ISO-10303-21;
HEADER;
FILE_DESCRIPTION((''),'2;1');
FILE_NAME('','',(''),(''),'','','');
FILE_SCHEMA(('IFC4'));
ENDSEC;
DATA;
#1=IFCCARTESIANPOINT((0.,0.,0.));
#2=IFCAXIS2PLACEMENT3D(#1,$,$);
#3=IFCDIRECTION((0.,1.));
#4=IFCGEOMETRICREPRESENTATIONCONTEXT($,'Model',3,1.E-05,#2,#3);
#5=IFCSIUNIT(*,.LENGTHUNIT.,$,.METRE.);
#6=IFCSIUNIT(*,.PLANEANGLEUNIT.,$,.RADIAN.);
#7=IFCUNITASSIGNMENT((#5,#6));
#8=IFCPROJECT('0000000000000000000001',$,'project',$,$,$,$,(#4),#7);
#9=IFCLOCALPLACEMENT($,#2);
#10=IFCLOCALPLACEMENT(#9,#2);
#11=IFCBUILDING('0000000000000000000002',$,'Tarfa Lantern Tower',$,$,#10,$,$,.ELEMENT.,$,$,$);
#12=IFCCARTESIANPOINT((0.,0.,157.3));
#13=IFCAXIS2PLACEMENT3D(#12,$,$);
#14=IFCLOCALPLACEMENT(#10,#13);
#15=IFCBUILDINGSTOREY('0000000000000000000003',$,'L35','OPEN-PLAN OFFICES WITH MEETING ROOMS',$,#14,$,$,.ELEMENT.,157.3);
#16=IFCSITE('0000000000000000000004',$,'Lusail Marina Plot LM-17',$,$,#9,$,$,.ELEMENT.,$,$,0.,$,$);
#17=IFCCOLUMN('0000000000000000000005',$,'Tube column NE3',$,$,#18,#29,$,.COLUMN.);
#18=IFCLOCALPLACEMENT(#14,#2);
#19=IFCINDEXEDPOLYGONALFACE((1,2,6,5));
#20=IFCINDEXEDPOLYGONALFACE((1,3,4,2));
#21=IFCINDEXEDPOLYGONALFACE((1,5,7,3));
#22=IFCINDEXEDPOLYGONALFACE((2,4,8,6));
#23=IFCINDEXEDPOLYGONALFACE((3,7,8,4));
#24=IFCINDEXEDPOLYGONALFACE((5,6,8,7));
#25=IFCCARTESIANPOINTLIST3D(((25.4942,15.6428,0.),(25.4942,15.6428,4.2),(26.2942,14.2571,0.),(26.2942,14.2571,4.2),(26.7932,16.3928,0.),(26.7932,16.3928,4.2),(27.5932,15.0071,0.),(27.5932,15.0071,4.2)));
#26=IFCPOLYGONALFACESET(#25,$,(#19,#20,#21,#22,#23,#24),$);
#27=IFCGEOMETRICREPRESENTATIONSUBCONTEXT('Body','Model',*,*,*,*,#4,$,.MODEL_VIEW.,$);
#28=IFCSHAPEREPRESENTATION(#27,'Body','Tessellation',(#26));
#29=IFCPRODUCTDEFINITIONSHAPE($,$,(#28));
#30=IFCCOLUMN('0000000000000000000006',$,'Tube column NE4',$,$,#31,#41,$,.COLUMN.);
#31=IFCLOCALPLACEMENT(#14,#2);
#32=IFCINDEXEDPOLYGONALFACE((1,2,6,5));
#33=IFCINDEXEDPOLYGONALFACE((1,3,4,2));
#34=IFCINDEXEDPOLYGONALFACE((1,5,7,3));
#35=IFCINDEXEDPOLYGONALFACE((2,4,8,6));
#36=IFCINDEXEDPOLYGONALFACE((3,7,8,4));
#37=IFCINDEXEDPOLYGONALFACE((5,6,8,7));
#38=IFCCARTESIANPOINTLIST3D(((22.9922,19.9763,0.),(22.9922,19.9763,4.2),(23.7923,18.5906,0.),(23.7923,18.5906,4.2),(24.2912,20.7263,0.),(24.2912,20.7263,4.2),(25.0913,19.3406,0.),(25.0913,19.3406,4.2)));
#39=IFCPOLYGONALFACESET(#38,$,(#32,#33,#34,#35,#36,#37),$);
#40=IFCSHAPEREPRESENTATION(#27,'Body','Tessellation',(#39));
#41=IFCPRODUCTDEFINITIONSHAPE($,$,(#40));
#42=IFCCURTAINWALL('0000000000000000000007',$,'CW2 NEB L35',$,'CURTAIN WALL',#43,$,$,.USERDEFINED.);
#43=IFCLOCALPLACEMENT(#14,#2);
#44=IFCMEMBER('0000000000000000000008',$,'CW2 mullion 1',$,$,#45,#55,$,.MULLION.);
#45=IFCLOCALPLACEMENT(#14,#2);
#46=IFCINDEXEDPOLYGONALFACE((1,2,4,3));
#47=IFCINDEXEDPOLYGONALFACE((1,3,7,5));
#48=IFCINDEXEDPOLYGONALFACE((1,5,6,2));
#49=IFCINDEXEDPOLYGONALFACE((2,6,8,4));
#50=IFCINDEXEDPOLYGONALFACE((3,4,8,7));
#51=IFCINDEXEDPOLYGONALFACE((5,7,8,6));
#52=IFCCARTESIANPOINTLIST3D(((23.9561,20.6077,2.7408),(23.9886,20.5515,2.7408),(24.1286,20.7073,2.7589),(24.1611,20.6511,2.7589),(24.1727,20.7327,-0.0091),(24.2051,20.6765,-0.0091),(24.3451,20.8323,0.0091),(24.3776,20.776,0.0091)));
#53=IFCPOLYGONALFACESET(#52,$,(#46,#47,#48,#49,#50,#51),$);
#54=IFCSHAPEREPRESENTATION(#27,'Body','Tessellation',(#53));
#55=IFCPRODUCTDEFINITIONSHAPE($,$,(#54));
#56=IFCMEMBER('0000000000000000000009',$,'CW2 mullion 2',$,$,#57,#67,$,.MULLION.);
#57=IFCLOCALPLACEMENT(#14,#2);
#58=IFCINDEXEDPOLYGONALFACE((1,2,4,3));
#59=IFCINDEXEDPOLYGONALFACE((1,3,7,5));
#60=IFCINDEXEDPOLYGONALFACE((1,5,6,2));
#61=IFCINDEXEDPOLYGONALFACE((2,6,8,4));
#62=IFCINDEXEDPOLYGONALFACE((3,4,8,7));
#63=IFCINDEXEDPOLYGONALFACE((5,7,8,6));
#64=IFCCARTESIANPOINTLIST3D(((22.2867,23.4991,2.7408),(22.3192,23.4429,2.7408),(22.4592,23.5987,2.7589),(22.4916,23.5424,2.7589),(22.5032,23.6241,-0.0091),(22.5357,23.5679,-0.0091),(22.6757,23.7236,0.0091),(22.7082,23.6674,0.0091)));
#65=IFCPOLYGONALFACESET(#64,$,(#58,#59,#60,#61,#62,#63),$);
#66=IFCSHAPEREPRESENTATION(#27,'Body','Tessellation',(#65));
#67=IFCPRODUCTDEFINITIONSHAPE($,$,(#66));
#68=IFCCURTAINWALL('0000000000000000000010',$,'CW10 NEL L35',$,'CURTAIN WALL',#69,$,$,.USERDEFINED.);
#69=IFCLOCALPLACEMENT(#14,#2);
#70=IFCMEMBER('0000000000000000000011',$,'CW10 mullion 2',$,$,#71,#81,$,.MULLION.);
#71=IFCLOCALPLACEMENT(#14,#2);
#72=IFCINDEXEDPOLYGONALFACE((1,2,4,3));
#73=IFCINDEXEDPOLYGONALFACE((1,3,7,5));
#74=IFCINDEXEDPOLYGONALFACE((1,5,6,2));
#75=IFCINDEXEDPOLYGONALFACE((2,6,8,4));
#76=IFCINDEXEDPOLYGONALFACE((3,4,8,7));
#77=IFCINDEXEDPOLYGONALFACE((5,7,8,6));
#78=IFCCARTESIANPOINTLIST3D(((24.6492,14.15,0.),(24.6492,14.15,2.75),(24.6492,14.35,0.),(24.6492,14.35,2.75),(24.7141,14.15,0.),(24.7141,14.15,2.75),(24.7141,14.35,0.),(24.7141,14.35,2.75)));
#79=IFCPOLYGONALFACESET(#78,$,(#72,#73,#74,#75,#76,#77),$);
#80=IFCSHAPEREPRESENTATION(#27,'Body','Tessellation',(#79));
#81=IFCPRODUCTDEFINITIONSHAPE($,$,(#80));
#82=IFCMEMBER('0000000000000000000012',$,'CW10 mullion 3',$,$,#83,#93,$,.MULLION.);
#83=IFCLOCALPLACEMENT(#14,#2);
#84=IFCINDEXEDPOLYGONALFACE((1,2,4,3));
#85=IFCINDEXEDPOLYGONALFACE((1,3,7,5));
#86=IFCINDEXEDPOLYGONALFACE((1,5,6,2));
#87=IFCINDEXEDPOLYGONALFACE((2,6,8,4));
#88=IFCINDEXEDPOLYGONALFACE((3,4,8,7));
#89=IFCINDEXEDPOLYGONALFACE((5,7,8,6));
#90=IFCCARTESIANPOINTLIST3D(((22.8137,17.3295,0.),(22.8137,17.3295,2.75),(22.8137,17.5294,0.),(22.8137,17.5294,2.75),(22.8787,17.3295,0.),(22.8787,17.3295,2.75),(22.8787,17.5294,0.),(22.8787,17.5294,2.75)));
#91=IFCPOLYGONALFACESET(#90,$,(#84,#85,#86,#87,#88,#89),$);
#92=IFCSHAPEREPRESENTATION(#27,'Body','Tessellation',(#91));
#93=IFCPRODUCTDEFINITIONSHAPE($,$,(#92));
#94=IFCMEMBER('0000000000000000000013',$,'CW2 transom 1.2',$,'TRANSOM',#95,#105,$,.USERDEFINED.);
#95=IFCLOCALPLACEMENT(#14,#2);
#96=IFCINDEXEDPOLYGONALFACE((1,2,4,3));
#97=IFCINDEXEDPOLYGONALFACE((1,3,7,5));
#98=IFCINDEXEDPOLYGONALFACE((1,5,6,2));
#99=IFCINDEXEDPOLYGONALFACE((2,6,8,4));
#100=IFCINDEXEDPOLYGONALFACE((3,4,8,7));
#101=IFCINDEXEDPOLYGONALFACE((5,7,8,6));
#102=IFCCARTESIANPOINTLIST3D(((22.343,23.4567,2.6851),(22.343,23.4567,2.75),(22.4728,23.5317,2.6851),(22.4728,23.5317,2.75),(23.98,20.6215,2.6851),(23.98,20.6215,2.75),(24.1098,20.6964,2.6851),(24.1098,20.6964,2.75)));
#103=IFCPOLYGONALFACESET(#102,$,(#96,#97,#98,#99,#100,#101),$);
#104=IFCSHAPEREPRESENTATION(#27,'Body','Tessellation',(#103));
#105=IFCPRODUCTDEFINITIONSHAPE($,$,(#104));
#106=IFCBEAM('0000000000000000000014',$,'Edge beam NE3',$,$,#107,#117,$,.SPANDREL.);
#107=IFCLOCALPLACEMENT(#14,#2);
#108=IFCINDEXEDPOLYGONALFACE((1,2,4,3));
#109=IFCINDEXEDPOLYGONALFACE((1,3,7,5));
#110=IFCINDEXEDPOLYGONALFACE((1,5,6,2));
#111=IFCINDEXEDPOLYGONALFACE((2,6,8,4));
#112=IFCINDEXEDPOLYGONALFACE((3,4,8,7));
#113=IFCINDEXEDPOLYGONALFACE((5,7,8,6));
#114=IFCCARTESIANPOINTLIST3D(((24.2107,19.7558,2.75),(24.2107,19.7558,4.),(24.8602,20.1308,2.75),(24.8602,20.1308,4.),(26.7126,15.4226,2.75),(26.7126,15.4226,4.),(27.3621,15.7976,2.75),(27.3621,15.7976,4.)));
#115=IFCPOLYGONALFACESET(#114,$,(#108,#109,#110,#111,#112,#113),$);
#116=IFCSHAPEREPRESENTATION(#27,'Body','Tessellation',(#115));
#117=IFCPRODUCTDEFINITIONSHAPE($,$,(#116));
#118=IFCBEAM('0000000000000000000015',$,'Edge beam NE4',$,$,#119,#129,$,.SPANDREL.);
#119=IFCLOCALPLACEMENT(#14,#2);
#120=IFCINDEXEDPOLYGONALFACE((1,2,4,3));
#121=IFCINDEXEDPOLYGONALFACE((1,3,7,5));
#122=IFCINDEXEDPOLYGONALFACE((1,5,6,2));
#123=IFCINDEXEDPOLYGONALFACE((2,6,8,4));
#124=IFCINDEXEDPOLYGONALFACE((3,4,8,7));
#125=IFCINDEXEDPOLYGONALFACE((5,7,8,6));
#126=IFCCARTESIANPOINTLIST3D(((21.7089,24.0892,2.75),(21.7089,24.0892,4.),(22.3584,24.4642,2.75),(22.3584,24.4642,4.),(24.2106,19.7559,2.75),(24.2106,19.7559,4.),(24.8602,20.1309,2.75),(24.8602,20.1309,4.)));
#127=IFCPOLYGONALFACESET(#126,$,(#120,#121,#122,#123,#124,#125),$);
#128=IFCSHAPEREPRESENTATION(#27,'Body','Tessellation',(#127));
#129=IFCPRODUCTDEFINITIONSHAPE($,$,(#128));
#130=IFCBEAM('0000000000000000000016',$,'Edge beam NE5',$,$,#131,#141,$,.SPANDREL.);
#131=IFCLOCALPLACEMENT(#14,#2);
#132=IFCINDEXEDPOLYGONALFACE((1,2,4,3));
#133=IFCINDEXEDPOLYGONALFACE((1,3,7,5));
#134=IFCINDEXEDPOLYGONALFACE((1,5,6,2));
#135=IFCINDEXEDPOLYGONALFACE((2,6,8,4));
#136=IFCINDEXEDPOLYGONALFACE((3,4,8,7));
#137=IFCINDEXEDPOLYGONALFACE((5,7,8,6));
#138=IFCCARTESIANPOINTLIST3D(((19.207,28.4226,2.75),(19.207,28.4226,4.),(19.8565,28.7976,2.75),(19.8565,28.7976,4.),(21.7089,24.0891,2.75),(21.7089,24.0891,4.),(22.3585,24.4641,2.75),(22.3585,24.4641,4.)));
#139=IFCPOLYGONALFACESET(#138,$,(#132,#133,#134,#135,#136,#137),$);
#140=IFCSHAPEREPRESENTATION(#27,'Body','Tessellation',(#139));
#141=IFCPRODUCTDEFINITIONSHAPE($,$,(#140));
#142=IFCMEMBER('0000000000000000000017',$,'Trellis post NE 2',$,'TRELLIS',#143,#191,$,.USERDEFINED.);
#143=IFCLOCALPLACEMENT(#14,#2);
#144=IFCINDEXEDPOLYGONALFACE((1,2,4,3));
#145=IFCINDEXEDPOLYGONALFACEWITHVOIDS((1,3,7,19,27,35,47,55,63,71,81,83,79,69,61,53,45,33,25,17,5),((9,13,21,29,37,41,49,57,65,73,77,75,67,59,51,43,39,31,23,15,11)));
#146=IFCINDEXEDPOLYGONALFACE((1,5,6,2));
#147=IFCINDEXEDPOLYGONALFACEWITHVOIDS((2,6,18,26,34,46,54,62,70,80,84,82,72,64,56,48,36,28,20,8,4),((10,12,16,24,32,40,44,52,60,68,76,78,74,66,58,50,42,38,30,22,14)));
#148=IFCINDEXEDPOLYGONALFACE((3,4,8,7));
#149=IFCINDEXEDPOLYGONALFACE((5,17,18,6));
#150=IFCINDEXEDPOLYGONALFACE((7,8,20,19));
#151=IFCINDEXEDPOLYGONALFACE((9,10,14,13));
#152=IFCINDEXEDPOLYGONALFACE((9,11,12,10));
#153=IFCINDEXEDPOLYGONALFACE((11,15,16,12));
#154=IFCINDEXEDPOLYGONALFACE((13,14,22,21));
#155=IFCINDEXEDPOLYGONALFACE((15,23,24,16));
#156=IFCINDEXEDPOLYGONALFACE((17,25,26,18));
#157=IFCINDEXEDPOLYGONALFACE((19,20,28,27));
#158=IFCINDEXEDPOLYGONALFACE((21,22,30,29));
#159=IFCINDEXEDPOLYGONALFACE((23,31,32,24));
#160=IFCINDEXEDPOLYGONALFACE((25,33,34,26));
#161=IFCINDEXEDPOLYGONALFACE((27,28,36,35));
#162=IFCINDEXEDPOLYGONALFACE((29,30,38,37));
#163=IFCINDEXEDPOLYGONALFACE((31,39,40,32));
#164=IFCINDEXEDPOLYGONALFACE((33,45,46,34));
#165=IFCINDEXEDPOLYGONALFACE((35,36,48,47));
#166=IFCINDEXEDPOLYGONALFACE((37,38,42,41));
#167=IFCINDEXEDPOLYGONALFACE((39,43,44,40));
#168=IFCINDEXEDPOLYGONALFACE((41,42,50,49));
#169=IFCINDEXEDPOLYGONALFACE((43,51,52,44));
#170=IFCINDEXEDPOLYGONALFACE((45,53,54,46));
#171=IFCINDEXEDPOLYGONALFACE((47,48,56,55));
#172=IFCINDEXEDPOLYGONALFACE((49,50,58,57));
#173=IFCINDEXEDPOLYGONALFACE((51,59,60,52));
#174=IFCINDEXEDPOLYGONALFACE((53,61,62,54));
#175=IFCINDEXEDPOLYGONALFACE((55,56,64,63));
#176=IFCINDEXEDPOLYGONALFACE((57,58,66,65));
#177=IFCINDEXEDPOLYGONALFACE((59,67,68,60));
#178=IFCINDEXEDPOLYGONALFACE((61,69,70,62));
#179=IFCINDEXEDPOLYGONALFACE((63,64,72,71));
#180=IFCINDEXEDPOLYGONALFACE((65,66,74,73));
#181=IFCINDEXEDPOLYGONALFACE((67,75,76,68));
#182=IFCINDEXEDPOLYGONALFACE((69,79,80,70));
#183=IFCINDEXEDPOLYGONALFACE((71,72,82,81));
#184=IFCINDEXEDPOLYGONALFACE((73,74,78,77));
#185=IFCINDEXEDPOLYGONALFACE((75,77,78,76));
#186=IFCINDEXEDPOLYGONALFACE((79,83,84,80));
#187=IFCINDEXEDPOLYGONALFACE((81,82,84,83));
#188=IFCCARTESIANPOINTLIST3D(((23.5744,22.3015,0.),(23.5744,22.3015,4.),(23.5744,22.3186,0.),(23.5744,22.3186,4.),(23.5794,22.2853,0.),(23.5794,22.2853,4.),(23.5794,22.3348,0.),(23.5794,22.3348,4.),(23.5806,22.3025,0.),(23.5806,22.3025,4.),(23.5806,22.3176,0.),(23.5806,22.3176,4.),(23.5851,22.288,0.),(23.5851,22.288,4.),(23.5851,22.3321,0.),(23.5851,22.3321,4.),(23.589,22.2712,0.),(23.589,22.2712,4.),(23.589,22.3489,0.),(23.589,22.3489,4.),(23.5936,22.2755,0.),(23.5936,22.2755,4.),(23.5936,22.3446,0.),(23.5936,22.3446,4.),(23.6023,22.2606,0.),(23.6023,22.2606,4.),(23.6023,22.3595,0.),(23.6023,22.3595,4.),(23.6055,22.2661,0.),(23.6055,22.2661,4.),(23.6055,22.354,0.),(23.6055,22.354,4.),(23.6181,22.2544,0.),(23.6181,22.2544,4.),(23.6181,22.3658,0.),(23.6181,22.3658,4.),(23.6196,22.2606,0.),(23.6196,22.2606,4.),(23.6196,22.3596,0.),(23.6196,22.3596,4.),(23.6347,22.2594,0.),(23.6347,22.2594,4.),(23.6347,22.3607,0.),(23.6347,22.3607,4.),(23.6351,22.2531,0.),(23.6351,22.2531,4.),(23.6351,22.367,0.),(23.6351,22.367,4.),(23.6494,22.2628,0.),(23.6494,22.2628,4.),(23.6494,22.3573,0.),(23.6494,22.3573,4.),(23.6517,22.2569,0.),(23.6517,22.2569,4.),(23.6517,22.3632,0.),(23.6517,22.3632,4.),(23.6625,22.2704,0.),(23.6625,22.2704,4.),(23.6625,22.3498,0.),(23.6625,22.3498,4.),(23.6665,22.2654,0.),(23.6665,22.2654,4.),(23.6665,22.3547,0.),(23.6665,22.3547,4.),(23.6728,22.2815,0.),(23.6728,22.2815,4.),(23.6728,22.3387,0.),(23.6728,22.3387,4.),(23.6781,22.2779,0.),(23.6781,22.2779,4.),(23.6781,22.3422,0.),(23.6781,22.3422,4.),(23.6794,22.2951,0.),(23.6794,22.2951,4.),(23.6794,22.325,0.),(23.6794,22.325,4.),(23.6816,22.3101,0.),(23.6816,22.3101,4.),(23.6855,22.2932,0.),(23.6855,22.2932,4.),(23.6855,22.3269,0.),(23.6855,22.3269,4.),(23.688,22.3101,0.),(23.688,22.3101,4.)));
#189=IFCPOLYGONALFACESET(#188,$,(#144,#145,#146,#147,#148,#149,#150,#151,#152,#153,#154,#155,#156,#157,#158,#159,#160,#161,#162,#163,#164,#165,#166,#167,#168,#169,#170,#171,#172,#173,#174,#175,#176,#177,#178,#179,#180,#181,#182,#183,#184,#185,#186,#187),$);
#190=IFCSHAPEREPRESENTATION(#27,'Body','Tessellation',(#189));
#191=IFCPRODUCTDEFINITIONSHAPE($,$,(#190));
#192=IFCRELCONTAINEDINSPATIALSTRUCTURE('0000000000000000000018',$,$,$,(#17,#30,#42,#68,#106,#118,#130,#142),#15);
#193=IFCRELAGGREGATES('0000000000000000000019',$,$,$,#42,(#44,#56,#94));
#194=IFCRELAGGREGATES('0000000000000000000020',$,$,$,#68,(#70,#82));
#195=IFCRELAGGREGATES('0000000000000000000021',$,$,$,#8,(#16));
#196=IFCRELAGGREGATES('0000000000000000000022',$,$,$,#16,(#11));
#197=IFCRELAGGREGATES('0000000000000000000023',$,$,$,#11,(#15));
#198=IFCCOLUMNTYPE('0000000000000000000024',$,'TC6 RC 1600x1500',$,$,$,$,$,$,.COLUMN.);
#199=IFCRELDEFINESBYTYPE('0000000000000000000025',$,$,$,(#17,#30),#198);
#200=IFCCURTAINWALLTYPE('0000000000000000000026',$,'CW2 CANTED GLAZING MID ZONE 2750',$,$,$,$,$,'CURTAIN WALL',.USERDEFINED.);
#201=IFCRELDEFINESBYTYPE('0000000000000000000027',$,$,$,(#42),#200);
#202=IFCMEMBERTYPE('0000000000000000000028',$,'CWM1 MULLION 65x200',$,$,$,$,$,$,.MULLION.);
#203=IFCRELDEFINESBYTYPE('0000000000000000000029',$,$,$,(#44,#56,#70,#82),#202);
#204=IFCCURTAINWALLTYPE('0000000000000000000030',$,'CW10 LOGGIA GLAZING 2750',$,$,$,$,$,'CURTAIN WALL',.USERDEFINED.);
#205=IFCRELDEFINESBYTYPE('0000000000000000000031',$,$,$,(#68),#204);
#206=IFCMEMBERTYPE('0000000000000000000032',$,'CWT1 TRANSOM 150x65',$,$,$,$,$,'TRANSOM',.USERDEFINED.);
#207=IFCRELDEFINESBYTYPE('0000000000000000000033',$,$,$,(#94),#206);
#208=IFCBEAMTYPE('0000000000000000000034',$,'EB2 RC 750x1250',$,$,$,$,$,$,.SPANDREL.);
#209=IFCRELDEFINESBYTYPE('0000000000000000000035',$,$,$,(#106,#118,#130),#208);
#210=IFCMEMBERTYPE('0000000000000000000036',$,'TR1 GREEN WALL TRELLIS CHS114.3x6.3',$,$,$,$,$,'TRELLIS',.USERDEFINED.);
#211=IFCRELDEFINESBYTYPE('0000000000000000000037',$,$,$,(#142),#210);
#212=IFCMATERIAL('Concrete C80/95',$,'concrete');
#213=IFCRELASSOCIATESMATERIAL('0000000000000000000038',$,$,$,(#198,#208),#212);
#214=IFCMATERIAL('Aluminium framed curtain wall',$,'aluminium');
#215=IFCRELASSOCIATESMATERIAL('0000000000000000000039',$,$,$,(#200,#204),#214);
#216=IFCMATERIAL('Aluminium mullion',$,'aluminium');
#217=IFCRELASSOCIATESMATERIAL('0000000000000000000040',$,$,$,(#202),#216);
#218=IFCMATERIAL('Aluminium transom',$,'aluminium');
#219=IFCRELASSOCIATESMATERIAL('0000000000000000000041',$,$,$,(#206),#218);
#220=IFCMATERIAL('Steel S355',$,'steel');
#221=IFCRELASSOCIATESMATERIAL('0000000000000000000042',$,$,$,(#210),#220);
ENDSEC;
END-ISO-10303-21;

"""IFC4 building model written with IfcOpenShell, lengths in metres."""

from ifc_helpers import new_model, si_unit, direction, frame, origin, origin_2d, place, context, subcontext, project, spatial, rectangle, hollow_circle, extrude, material, material_profile, profile_set, type_object, element, aggregate, save


model = new_model("IFC4")

# Units and contexts
model_context = context("Model", 3, precision=1e-05, world=origin(), true_north=direction((0.0, 1.0)))
body_context = subcontext(model_context, "Body", "Model", "MODEL_VIEW")
ifc_project = project(units=[si_unit("LENGTHUNIT", "METRE"), si_unit("PLANEANGLEUNIT", "RADIAN")], contexts=[model_context])

# Site, building, storey
site_placement = place(None, origin())
site = spatial("IfcSite", under=ifc_project, at=site_placement, Name="Lusail Marina Plot LM-17", CompositionType="ELEMENT", RefElevation=0.0)
building_placement = place(site_placement, origin())
building = spatial("IfcBuilding", under=site, at=building_placement, Name="Tarfa Lantern Tower", CompositionType="ELEMENT")
storey_placement = place(building_placement, frame((0.0, 0.0, 157.3)))
storey = spatial("IfcBuildingStorey", under=building, at=storey_placement, Name="L35", Description="OPEN-PLAN OFFICES WITH MEETING ROOMS", CompositionType="ELEMENT", Elevation=157.3)

# Columns
ifc_material_1 = material(Name="Concrete C80/95", Category="concrete")
ifc_material_profile_1 = material_profile(ifc_material_1, rectangle(XDim=1.6001, YDim=1.5, at=origin_2d()), Name="RC 1600x1500")
ifc_profile_set_1 = profile_set([ifc_material_profile_1], Name="Concrete C80/95")
column_type = type_object("IfcColumnType", Name="TC6 RC 1600x1500", PredefinedType="COLUMN", material=ifc_profile_set_1)
for number, where, z_axis, x_axis, name in (
    (1, (26.5437, 15.325, 0.0), (0.0, 0.0, 1.0), (-0.5, 0.866025, 0.0), "Tube column NE3"),
    (2, (24.0417, 19.6584, 0.0), (0.0, 0.0, 1.0), (-0.5, 0.866025, 0.0), "Tube column NE4"),
):
    element("IfcColumn", number, at=place(storey_placement, frame(where, z_axis=z_axis, x_axis=x_axis)), inside=storey, type_object=column_type, Name=name, PredefinedType="COLUMN", context=body_context, shape_type="SweptSolid", body=[
        extrude(rectangle(XDim=1.6001, YDim=1.5, at=origin_2d()), origin(), (0.0, 0.0, 1.0), 4.2),
    ])

# Curtain walls, members
ifc_material_2 = material(Name="Aluminium framed curtain wall", Category="aluminium")
curtain_wall_type_1 = type_object("IfcCurtainWallType", Name="CW2 CANTED GLAZING MID ZONE 2750", ElementType="CURTAIN WALL", PredefinedType="USERDEFINED", material=ifc_material_2)
curtain_wall_1_placement = place(storey_placement, origin())
curtain_wall_1 = element("IfcCurtainWall", 3, at=curtain_wall_1_placement, inside=storey, type_object=curtain_wall_type_1, Name="CW2 NEB L35", ObjectType="CURTAIN WALL", PredefinedType="USERDEFINED")
ifc_material_3 = material(Name="Aluminium mullion", Category="aluminium")
ifc_material_profile_2 = material_profile(ifc_material_3, rectangle(XDim=0.0649, YDim=0.2, at=origin_2d()), Name="AL MULLION 65x200")
ifc_profile_set_2 = profile_set([ifc_material_profile_2], Name="Aluminium mullion")
member_type_1 = type_object("IfcMemberType", Name="CWM1 MULLION 65x200", PredefinedType="MULLION", material=ifc_profile_set_2)
member_1_placement = place(storey_placement, frame((24.2751, 20.7544, 0.0), z_axis=(-0.078423, -0.045268, 0.995892), x_axis=(0.49992, -0.866072, 0.0)))
member_1 = element("IfcMember", 4, at=member_1_placement, type_object=member_type_1, Name="CW2 mullion 1", PredefinedType="MULLION", context=body_context, shape_type="SweptSolid", body=[
    extrude(rectangle(XDim=0.0649, YDim=0.2, at=origin_2d()), origin(), (0.0, 0.0, 1.0), 2.7612),
])
member_2_placement = place(storey_placement, frame((22.6057, 23.6458, 0.0), z_axis=(-0.078423, -0.045268, 0.995892), x_axis=(0.49992, -0.866072, 0.0)))
member_2 = element("IfcMember", 5, at=member_2_placement, type_object=member_type_1, Name="CW2 mullion 2", PredefinedType="MULLION", context=body_context, shape_type="SweptSolid", body=[
    extrude(rectangle(XDim=0.0649, YDim=0.2, at=origin_2d()), origin(), (0.0, 0.0, 1.0), 2.7612),
])
curtain_wall_type_2 = type_object("IfcCurtainWallType", Name="CW10 LOGGIA GLAZING 2750", ElementType="CURTAIN WALL", PredefinedType="USERDEFINED", material=ifc_material_2)
curtain_wall_2_placement = place(storey_placement, origin())
curtain_wall_2 = element("IfcCurtainWall", 6, at=curtain_wall_2_placement, inside=storey, type_object=curtain_wall_type_2, Name="CW10 NEL L35", ObjectType="CURTAIN WALL", PredefinedType="USERDEFINED")
member_3_placement = place(storey_placement, frame((24.6816, 14.25, 0.0), z_axis=(0.0, 0.0, 1.0), x_axis=(1.0, 0.0, 0.0)))
member_3 = element("IfcMember", 7, at=member_3_placement, type_object=member_type_1, Name="CW10 mullion 2", PredefinedType="MULLION", context=body_context, shape_type="SweptSolid", body=[
    extrude(rectangle(XDim=0.0649, YDim=0.2, at=origin_2d()), origin(), (0.0, 0.0, 1.0), 2.75),
])
member_4_placement = place(storey_placement, frame((22.8462, 17.4294, 0.0), z_axis=(0.0, 0.0, 1.0), x_axis=(1.0, 0.0, 0.0)))
member_4 = element("IfcMember", 8, at=member_4_placement, type_object=member_type_1, Name="CW10 mullion 3", PredefinedType="MULLION", context=body_context, shape_type="SweptSolid", body=[
    extrude(rectangle(XDim=0.0649, YDim=0.2, at=origin_2d()), origin(), (0.0, 0.0, 1.0), 2.75),
])

# Member
ifc_material_4 = material(Name="Aluminium transom", Category="aluminium")
ifc_material_profile_3 = material_profile(ifc_material_4, rectangle(XDim=0.1499, YDim=0.0649, at=origin_2d()), Name="AL TRANSOM 150x65")
ifc_profile_set_3 = profile_set([ifc_material_profile_3], Name="Aluminium transom")
member_type_2 = type_object("IfcMemberType", Name="CWT1 TRANSOM 150x65", ElementType="TRANSOM", PredefinedType="USERDEFINED", material=ifc_profile_set_3)
member_5_placement = place(storey_placement, frame((24.0449, 20.6589, 2.7175), z_axis=(-0.500013, 0.866018, 0.0), x_axis=(-0.866018, -0.500013, 0.0)))
member_5 = element("IfcMember", 9, at=member_5_placement, type_object=member_type_2, Name="CW2 transom 1.2", ObjectType="TRANSOM", PredefinedType="USERDEFINED", context=body_context, shape_type="SweptSolid", body=[
    extrude(rectangle(XDim=0.1499, YDim=0.0649, at=origin_2d()), origin(), (0.0, 0.0, 1.0), 3.2739),
])

# Beams
ifc_material_profile_4 = material_profile(ifc_material_1, rectangle(XDim=0.75, YDim=1.25, at=origin_2d()), Name="RC 750x1250")
ifc_profile_set_4 = profile_set([ifc_material_profile_4], Name="Concrete C80/95")
beam_type_1 = type_object("IfcBeamType", Name="EB2 RC 750x1250", PredefinedType="SPANDREL", material=ifc_profile_set_4)
for number, where, z_axis, x_axis, name in (
    (10, (27.0374, 15.6101, 3.375), (-0.500022, 0.866013, 0.0), (-0.866013, -0.500022, 0.0), "Edge beam NE3"),
    (11, (24.5354, 19.9434, 3.375), (-0.499986, 0.866034, 0.0), (-0.866034, -0.499986, 0.0), "Edge beam NE4"),
):
    element("IfcBeam", number, at=place(storey_placement, frame(where, z_axis=z_axis, x_axis=x_axis)), inside=storey, type_object=beam_type_1, Name=name, PredefinedType="SPANDREL", context=body_context, shape_type="SweptSolid", body=[
        extrude(rectangle(XDim=0.75, YDim=1.25, at=origin_2d()), origin(), (0.0, 0.0, 1.0), 5.0037),
    ])
beam_1_placement = place(storey_placement, frame((22.0337, 24.2766, 3.375), z_axis=(-0.500001, 0.866025, 0.0), x_axis=(-0.866025, -0.500001, 0.0)))
element("IfcBeam", 12, at=beam_1_placement, inside=storey, type_object=beam_type_1, Name="Edge beam NE5", PredefinedType="SPANDREL", context=body_context, shape_type="SweptSolid", body=[
    extrude(rectangle(XDim=0.75, YDim=1.25, at=origin_2d()), origin(), (0.0, 0.0, 1.0), 5.0039),
])

# Member
ifc_material_5 = material(Name="Steel S355", Category="steel")
ifc_material_profile_5 = material_profile(ifc_material_5, hollow_circle(Radius=0.0571, WallThickness=0.0063, at=origin_2d()), Name="CHS114.3x6.3")
ifc_profile_set_5 = profile_set([ifc_material_profile_5], Name="Steel S355")
member_type_3 = type_object("IfcMemberType", Name="TR1 GREEN WALL TRELLIS CHS114.3x6.3", ElementType="TRELLIS", PredefinedType="USERDEFINED", material=ifc_profile_set_5)
member_6_placement = place(storey_placement, frame((23.6309, 22.3101, 0.0), z_axis=(0.0, 0.0, 1.0), x_axis=(1.0, 0.0, 0.0)))
element("IfcMember", 13, at=member_6_placement, inside=storey, type_object=member_type_3, Name="Trellis post NE 2", ObjectType="TRELLIS", PredefinedType="USERDEFINED", context=body_context, shape_type="SweptSolid", body=[
    extrude(hollow_circle(Radius=0.0571, WallThickness=0.0063, at=origin_2d()), origin(), (0.0, 0.0, 1.0), 4.0),
])

aggregate(curtain_wall_1, [member_1, member_2, member_5])
aggregate(curtain_wall_2, [member_3, member_4])

save(model, "model.ifc")
